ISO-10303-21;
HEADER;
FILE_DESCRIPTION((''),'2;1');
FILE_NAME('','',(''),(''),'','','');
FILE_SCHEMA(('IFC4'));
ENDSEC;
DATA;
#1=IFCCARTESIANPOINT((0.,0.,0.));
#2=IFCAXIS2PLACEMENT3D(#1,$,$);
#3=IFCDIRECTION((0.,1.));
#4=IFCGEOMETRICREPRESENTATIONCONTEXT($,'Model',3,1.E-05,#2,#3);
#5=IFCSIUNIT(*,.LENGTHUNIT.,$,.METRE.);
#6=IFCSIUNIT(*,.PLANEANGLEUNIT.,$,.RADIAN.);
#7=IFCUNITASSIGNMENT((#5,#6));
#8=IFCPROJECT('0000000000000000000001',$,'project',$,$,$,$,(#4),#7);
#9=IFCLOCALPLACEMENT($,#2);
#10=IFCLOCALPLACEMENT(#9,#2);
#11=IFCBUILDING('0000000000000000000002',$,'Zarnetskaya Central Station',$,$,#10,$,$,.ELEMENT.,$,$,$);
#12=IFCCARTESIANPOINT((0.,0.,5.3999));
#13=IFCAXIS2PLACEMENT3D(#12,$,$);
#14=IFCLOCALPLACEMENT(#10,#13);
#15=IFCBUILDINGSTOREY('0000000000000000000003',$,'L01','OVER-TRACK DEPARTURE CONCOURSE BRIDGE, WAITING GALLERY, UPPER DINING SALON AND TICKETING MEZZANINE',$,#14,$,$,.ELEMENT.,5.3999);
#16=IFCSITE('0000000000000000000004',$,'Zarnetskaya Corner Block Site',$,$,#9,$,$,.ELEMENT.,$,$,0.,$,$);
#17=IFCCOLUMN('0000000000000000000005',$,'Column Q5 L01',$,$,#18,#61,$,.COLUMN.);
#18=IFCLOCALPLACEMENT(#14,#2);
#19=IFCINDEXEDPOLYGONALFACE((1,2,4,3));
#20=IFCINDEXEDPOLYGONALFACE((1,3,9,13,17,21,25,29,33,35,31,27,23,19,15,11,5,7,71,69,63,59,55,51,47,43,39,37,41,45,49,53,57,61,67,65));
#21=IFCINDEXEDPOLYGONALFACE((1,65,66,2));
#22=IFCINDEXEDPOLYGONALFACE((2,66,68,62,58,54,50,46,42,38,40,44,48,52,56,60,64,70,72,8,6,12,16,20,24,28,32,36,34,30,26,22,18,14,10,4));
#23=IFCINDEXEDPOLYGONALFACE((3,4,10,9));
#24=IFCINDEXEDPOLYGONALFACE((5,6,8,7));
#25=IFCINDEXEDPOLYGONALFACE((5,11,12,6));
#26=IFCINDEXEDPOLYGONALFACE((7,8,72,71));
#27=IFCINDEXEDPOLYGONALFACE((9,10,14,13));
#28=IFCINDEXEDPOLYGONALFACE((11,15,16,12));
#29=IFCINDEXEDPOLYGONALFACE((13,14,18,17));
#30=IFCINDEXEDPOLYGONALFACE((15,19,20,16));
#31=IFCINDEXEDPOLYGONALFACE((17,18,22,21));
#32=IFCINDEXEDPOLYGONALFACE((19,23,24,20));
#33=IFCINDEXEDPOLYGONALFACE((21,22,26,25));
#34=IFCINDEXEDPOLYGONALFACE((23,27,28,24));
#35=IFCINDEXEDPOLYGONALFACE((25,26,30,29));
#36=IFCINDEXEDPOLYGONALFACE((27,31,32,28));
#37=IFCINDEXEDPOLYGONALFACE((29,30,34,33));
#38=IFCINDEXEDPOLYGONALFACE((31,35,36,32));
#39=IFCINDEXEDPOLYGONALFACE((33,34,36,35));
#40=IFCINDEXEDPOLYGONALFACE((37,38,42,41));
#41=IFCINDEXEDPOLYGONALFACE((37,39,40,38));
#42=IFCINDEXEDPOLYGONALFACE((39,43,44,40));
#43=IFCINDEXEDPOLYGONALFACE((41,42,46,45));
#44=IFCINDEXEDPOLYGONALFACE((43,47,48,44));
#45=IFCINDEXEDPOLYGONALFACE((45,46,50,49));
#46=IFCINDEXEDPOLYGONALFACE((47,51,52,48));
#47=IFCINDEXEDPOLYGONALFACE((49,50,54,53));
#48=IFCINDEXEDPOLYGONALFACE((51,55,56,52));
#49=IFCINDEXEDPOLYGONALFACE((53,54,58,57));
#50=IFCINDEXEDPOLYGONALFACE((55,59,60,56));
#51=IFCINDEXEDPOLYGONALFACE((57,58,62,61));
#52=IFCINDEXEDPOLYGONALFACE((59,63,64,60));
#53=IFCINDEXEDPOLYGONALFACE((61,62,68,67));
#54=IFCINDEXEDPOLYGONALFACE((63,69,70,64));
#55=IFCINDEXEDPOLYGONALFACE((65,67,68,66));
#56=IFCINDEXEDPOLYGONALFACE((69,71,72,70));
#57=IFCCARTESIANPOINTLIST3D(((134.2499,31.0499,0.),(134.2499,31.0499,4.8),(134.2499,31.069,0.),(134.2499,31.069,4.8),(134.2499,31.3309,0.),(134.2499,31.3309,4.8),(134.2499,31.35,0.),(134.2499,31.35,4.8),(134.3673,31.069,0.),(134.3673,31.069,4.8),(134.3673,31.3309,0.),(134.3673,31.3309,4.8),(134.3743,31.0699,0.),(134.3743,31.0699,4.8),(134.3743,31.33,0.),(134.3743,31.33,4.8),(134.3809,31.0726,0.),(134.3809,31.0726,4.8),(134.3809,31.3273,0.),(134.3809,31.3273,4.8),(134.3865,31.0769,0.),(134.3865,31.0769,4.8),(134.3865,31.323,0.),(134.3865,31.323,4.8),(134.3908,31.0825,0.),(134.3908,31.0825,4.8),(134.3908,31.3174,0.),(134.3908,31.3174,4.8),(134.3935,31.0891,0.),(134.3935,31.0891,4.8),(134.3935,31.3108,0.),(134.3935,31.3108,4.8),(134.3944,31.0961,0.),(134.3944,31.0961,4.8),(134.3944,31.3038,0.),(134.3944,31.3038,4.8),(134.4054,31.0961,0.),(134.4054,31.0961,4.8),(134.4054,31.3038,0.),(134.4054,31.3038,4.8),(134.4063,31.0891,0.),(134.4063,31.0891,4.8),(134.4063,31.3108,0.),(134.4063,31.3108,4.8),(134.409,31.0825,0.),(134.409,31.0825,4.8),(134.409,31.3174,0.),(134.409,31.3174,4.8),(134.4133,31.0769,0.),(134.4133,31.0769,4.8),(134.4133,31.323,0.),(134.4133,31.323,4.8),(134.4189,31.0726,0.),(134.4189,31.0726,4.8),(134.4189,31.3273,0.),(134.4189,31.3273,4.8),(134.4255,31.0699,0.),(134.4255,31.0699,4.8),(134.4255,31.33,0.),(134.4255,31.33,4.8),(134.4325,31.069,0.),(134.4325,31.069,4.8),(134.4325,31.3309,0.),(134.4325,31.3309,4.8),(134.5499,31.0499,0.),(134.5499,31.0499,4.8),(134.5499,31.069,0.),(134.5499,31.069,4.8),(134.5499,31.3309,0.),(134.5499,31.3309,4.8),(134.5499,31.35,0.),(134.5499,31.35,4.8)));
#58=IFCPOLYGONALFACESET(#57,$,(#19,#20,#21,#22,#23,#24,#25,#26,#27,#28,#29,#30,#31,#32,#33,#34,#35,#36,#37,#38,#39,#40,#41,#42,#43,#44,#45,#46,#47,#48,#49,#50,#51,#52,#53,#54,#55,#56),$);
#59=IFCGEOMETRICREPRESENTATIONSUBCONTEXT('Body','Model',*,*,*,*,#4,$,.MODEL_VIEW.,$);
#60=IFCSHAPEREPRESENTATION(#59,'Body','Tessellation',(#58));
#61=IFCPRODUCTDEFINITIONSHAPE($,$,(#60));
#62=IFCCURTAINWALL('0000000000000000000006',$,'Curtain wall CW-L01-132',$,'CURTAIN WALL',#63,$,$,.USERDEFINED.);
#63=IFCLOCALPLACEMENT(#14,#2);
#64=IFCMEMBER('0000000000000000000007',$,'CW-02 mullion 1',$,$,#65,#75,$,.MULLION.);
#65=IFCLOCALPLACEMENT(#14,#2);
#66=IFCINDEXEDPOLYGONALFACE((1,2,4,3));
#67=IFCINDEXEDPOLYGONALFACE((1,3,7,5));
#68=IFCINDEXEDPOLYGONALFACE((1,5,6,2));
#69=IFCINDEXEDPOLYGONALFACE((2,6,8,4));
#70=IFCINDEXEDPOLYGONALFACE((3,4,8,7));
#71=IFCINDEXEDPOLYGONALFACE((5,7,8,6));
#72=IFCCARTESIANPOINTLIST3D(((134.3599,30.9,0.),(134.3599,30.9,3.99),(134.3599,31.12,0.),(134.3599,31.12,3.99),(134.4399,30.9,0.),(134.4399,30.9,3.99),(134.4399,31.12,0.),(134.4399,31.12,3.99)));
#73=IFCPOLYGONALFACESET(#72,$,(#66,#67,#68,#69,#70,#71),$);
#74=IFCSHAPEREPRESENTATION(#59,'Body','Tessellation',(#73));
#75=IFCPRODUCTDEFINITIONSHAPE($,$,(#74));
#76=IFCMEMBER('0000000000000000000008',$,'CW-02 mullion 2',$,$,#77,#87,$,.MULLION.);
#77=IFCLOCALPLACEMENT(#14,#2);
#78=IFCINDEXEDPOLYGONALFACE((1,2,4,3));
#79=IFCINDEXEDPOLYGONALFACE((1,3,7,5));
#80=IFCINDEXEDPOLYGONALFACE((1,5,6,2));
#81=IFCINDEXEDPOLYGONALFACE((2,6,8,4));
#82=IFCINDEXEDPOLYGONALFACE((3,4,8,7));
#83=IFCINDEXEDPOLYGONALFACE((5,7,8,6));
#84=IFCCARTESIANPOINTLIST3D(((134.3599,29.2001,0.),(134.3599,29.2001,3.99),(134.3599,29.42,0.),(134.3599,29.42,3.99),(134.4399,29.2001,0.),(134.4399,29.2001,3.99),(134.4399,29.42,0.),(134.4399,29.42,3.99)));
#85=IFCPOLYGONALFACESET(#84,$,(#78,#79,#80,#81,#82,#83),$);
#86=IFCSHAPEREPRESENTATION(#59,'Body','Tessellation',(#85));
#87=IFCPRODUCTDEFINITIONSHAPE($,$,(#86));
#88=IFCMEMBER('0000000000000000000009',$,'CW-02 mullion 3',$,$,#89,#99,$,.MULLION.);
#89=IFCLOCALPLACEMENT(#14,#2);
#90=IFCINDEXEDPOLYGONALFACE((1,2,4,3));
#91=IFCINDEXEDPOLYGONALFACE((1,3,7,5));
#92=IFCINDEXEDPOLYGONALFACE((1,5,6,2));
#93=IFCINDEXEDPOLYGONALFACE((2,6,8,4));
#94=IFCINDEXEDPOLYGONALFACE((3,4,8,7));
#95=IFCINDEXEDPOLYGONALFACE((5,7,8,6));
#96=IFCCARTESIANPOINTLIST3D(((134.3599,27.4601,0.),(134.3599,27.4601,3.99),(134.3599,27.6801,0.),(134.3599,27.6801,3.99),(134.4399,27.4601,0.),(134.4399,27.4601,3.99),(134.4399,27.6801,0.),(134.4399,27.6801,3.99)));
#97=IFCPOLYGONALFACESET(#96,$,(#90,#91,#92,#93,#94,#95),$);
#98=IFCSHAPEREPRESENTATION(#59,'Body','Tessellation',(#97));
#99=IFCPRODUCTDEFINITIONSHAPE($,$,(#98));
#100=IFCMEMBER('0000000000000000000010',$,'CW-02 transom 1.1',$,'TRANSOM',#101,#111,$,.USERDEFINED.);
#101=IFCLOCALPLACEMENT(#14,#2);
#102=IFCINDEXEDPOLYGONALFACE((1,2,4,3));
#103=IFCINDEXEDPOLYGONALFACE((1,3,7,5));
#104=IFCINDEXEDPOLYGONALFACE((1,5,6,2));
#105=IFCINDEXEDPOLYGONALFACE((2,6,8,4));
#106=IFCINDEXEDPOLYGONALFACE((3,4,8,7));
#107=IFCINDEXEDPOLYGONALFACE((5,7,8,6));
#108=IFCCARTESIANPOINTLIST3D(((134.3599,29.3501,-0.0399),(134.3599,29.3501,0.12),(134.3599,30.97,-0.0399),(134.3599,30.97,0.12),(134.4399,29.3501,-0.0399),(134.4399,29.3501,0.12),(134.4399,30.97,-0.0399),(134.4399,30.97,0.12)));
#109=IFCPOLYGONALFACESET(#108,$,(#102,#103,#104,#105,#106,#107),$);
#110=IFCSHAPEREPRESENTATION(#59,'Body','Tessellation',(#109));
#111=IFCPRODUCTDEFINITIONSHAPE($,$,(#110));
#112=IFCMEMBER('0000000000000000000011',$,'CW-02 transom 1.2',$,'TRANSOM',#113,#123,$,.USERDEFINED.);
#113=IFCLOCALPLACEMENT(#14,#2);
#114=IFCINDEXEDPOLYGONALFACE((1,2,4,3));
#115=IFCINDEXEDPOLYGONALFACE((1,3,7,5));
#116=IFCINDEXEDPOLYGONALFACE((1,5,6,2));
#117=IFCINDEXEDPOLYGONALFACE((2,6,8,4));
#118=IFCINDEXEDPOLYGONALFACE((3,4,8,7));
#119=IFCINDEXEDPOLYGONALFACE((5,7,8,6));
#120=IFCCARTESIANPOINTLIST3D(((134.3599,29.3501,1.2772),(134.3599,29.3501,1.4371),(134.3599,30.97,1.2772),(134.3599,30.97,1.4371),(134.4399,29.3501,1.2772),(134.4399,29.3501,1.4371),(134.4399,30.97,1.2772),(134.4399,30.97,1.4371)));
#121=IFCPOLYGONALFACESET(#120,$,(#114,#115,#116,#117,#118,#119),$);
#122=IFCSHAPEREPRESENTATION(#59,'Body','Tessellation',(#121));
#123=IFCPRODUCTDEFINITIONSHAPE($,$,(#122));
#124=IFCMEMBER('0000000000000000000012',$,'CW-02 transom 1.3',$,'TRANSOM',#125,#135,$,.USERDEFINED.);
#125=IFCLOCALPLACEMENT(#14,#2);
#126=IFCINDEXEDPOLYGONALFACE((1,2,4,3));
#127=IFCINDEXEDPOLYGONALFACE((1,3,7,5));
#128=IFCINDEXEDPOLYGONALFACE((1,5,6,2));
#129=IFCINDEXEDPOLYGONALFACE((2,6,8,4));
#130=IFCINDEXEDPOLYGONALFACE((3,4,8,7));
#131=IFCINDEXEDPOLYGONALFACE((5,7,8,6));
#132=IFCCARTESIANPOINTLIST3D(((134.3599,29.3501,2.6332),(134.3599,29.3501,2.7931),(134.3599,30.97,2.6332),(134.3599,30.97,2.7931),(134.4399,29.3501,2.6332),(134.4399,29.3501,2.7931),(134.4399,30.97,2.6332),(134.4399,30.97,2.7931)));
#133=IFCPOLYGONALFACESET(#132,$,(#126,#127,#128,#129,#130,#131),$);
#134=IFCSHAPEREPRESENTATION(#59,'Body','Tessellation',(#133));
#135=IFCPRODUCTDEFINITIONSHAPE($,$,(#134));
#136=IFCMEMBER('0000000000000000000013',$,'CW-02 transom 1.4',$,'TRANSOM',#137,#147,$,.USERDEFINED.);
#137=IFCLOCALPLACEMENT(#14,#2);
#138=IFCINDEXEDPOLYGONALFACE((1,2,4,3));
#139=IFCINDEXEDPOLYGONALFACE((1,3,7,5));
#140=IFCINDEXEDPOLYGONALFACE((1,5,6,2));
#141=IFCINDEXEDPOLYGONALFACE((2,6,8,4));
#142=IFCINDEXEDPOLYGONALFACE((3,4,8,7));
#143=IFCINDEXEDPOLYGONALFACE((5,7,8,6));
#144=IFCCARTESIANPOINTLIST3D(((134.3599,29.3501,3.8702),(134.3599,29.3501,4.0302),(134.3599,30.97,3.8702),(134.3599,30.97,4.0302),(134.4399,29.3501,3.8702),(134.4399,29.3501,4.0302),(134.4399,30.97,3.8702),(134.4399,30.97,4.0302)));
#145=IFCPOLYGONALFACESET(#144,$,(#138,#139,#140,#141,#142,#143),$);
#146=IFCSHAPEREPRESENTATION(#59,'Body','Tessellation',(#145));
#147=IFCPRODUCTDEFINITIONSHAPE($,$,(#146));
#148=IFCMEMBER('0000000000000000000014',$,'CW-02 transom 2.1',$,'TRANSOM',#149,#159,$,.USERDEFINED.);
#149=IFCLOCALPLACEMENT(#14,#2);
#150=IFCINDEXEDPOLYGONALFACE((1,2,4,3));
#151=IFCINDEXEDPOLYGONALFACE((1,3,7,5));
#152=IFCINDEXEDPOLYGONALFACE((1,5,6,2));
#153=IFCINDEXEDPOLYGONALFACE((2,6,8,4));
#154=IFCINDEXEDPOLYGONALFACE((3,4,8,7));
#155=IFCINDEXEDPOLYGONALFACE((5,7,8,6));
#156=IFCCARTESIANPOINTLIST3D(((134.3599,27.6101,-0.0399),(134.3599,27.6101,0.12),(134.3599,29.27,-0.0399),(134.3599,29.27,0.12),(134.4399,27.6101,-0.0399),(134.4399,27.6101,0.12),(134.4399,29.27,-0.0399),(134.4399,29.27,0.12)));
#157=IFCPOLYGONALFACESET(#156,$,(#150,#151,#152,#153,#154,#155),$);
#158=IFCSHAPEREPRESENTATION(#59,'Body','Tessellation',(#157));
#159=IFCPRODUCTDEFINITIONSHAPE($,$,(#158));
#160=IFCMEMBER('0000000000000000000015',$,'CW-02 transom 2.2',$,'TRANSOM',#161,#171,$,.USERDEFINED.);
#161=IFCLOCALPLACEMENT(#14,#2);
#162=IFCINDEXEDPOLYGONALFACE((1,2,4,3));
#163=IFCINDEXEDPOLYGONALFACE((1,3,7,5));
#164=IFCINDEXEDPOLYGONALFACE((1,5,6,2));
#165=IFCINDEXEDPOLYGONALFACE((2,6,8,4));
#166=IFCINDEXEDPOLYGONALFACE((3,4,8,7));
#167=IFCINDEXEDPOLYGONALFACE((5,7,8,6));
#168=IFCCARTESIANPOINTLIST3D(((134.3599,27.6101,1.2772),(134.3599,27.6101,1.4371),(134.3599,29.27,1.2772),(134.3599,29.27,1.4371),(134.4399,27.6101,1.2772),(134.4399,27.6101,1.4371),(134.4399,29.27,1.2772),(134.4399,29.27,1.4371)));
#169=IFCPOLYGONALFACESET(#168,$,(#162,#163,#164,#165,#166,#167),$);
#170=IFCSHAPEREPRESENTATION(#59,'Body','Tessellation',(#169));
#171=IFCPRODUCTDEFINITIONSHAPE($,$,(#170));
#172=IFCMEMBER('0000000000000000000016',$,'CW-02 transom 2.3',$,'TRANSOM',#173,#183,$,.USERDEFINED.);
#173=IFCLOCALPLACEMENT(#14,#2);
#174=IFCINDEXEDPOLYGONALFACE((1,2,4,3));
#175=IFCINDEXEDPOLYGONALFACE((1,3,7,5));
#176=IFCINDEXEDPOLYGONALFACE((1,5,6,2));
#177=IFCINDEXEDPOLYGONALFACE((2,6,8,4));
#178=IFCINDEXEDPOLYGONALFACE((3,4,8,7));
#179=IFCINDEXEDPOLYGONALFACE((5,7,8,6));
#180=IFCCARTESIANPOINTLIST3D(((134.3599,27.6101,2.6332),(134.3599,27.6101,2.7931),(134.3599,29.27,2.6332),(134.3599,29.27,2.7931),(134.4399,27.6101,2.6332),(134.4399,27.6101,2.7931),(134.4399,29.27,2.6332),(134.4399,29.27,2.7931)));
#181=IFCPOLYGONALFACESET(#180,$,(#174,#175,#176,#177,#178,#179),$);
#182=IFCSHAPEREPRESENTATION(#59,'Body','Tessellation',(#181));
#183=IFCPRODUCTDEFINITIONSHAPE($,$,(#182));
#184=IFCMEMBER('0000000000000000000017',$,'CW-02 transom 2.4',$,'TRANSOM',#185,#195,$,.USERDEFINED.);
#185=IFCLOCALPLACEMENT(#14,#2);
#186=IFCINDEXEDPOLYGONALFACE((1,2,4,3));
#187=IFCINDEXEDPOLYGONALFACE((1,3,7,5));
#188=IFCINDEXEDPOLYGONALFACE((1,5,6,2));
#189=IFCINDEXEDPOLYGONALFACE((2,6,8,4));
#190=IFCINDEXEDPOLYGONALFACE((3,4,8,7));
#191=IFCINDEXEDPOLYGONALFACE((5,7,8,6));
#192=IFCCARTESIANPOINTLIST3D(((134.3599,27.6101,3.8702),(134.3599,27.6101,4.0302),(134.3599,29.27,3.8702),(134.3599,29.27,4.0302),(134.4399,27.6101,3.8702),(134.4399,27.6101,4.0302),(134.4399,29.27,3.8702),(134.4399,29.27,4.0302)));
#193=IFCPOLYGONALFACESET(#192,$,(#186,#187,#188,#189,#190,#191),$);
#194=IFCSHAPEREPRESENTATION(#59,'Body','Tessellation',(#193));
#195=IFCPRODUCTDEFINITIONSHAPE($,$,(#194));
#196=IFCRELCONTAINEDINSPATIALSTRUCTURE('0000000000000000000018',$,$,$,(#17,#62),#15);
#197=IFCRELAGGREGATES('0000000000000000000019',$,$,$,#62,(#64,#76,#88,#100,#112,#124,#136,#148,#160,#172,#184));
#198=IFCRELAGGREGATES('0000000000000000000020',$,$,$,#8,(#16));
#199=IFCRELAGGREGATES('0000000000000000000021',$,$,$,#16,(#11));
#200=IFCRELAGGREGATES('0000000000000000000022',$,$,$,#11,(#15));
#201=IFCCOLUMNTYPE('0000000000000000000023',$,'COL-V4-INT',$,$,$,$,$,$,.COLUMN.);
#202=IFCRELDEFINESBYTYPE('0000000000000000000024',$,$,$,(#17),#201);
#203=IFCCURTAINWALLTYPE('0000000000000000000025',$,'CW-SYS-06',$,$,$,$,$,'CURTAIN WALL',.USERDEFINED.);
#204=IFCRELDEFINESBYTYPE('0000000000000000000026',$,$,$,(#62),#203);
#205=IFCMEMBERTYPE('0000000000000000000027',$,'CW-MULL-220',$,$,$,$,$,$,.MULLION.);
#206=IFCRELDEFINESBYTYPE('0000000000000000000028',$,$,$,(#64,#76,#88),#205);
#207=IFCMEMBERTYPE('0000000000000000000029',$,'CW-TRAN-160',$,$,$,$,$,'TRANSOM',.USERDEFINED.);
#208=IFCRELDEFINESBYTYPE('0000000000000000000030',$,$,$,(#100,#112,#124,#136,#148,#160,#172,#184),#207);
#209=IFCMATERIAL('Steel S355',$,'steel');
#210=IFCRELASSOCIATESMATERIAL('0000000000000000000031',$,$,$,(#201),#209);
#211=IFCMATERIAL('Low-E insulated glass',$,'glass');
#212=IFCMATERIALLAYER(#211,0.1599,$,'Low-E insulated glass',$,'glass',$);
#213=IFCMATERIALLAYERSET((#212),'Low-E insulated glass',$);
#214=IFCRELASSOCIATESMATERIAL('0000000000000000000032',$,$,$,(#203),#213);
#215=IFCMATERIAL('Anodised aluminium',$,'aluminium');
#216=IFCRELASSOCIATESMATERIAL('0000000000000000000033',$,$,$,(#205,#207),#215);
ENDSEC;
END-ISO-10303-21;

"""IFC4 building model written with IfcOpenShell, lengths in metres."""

from ifc_helpers import new_model, si_unit, direction, frame, origin, origin_2d, place, context, subcontext, project, spatial, rectangle, i_section, extrude, material, layer, layer_set, material_profile, profile_set, type_object, element, aggregate, save


model = new_model("IFC4")

# Units and contexts
model_context = context("Model", 3, precision=1e-05, world=origin(), true_north=direction((0.0, 1.0)))
body_context = subcontext(model_context, "Body", "Model", "MODEL_VIEW")
ifc_project = project(units=[si_unit("LENGTHUNIT", "METRE"), si_unit("PLANEANGLEUNIT", "RADIAN")], contexts=[model_context])

# Site, building, storey
site_placement = place(None, origin())
site = spatial("IfcSite", under=ifc_project, at=site_placement, Name="Zarnetskaya Corner Block Site", CompositionType="ELEMENT", RefElevation=0.0)
building_placement = place(site_placement, origin())
building = spatial("IfcBuilding", under=site, at=building_placement, Name="Zarnetskaya Central Station", CompositionType="ELEMENT")
storey_placement = place(building_placement, frame((0.0, 0.0, 5.3999)))
storey = spatial("IfcBuildingStorey", under=building, at=storey_placement, Name="L01", Description="OVER-TRACK DEPARTURE CONCOURSE BRIDGE, WAITING GALLERY, UPPER DINING SALON AND TICKETING MEZZANINE", CompositionType="ELEMENT", Elevation=5.3999)

# Column
ifc_material_1 = material(Name="Steel S355", Category="steel")
ifc_material_profile_1 = material_profile(ifc_material_1, i_section(OverallWidth=0.3, OverallDepth=0.3, WebThickness=0.011, FlangeThickness=0.019, FilletRadius=0.0271, at=origin_2d()), Name="HEB 300")
ifc_profile_set_1 = profile_set([ifc_material_profile_1], Name="Steel S355")
column_type = type_object("IfcColumnType", Name="COL-V4-INT", PredefinedType="COLUMN", material=ifc_profile_set_1)
column_placement = place(storey_placement, frame((134.3999, 31.2, 0.0), z_axis=(0.0, 0.0, 1.0), x_axis=(1.0, 0.0, 0.0)))
element("IfcColumn", 1, at=column_placement, inside=storey, type_object=column_type, Name="Column Q5 L01", PredefinedType="COLUMN", context=body_context, shape_type="SweptSolid", body=[
    extrude(i_section(OverallWidth=0.3, OverallDepth=0.3, WebThickness=0.011, FlangeThickness=0.019, FilletRadius=0.0271, at=origin_2d()), origin(), (0.0, 0.0, 1.0), 4.8),
])

# Curtain wall, members
ifc_material_2 = material(Name="Low-E insulated glass", Category="glass")
ifc_layer_1 = layer(ifc_material_2, 0.1599, Name="Low-E insulated glass", Category="glass")
ifc_layer_set_1 = layer_set([ifc_layer_1], Name="Low-E insulated glass")
curtain_wall_type = type_object("IfcCurtainWallType", Name="CW-SYS-06", ElementType="CURTAIN WALL", PredefinedType="USERDEFINED", material=ifc_layer_set_1)
curtain_wall_placement = place(storey_placement, origin())
curtain_wall = element("IfcCurtainWall", 2, at=curtain_wall_placement, inside=storey, type_object=curtain_wall_type, Name="Curtain wall CW-L01-132", ObjectType="CURTAIN WALL", PredefinedType="USERDEFINED")
ifc_material_3 = material(Name="Anodised aluminium", Category="aluminium")
ifc_material_profile_2 = material_profile(ifc_material_3, rectangle(XDim=0.0801, YDim=0.22, at=origin_2d()), Name="ALU MULL 80x220")
ifc_profile_set_2 = profile_set([ifc_material_profile_2], Name="Anodised aluminium")
member_type_1 = type_object("IfcMemberType", Name="CW-MULL-220", PredefinedType="MULLION", material=ifc_profile_set_2)
member_1_placement = place(storey_placement, frame((134.3999, 31.01, 0.0), z_axis=(0.0, 0.0, 1.0), x_axis=(1.0, 0.0, 0.0)))
member_1 = element("IfcMember", 3, at=member_1_placement, type_object=member_type_1, Name="CW-02 mullion 1", PredefinedType="MULLION", context=body_context, shape_type="SweptSolid", body=[
    extrude(rectangle(XDim=0.0801, YDim=0.22, at=origin_2d()), origin(), (0.0, 0.0, 1.0), 3.99),
])
member_2_placement = place(storey_placement, frame((134.3999, 29.3101, 0.0), z_axis=(0.0, 0.0, 1.0), x_axis=(1.0, 0.0, 0.0)))
member_2 = element("IfcMember", 4, at=member_2_placement, type_object=member_type_1, Name="CW-02 mullion 2", PredefinedType="MULLION", context=body_context, shape_type="SweptSolid", body=[
    extrude(rectangle(XDim=0.0801, YDim=0.22, at=origin_2d()), origin(), (0.0, 0.0, 1.0), 3.99),
])
member_3_placement = place(storey_placement, frame((134.3999, 27.5701, 0.0), z_axis=(0.0, 0.0, 1.0), x_axis=(1.0, 0.0, 0.0)))
member_3 = element("IfcMember", 5, at=member_3_placement, type_object=member_type_1, Name="CW-02 mullion 3", PredefinedType="MULLION", context=body_context, shape_type="SweptSolid", body=[
    extrude(rectangle(XDim=0.0801, YDim=0.22, at=origin_2d()), origin(), (0.0, 0.0, 1.0), 3.99),
])
ifc_material_profile_3 = material_profile(ifc_material_3, rectangle(XDim=0.0801, YDim=0.1599, at=origin_2d()), Name="ALU TRAN 80x160")
ifc_profile_set_3 = profile_set([ifc_material_profile_3], Name="Anodised aluminium")
member_type_2 = type_object("IfcMemberType", Name="CW-TRAN-160", ElementType="TRANSOM", PredefinedType="USERDEFINED", material=ifc_profile_set_3)
member_4_placement = place(storey_placement, frame((134.3999, 30.97, 0.04), z_axis=(0.0, -1.0, 0.0), x_axis=(1.0, 0.0, 0.0)))
member_4 = element("IfcMember", 6, at=member_4_placement, type_object=member_type_2, Name="CW-02 transom 1.1", ObjectType="TRANSOM", PredefinedType="USERDEFINED", context=body_context, shape_type="SweptSolid", body=[
    extrude(rectangle(XDim=0.0801, YDim=0.1599, at=origin_2d()), origin(), (0.0, 0.0, 1.0), 1.6199),
])
member_5_placement = place(storey_placement, frame((134.3999, 30.97, 1.3572), z_axis=(0.0, -1.0, 0.0), x_axis=(1.0, 0.0, 0.0)))
member_5 = element("IfcMember", 7, at=member_5_placement, type_object=member_type_2, Name="CW-02 transom 1.2", ObjectType="TRANSOM", PredefinedType="USERDEFINED", context=body_context, shape_type="SweptSolid", body=[
    extrude(rectangle(XDim=0.0801, YDim=0.1599, at=origin_2d()), origin(), (0.0, 0.0, 1.0), 1.6199),
])
member_6_placement = place(storey_placement, frame((134.3999, 30.97, 2.7131), z_axis=(0.0, -1.0, 0.0), x_axis=(1.0, 0.0, 0.0)))
member_6 = element("IfcMember", 8, at=member_6_placement, type_object=member_type_2, Name="CW-02 transom 1.3", ObjectType="TRANSOM", PredefinedType="USERDEFINED", context=body_context, shape_type="SweptSolid", body=[
    extrude(rectangle(XDim=0.0801, YDim=0.1599, at=origin_2d()), origin(), (0.0, 0.0, 1.0), 1.6199),
])
member_7_placement = place(storey_placement, frame((134.3999, 30.97, 3.9502), z_axis=(0.0, -1.0, 0.0), x_axis=(1.0, 0.0, 0.0)))
member_7 = element("IfcMember", 9, at=member_7_placement, type_object=member_type_2, Name="CW-02 transom 1.4", ObjectType="TRANSOM", PredefinedType="USERDEFINED", context=body_context, shape_type="SweptSolid", body=[
    extrude(rectangle(XDim=0.0801, YDim=0.1599, at=origin_2d()), origin(), (0.0, 0.0, 1.0), 1.6199),
])
member_8_placement = place(storey_placement, frame((134.3999, 29.27, 0.04), z_axis=(0.0, -1.0, 0.0), x_axis=(1.0, 0.0, 0.0)))
member_8 = element("IfcMember", 10, at=member_8_placement, type_object=member_type_2, Name="CW-02 transom 2.1", ObjectType="TRANSOM", PredefinedType="USERDEFINED", context=body_context, shape_type="SweptSolid", body=[
    extrude(rectangle(XDim=0.0801, YDim=0.1599, at=origin_2d()), origin(), (0.0, 0.0, 1.0), 1.6599),
])
member_9_placement = place(storey_placement, frame((134.3999, 29.27, 1.3572), z_axis=(0.0, -1.0, 0.0), x_axis=(1.0, 0.0, 0.0)))
member_9 = element("IfcMember", 11, at=member_9_placement, type_object=member_type_2, Name="CW-02 transom 2.2", ObjectType="TRANSOM", PredefinedType="USERDEFINED", context=body_context, shape_type="SweptSolid", body=[
    extrude(rectangle(XDim=0.0801, YDim=0.1599, at=origin_2d()), origin(), (0.0, 0.0, 1.0), 1.6599),
])
member_10_placement = place(storey_placement, frame((134.3999, 29.27, 2.7131), z_axis=(0.0, -1.0, 0.0), x_axis=(1.0, 0.0, 0.0)))
member_10 = element("IfcMember", 12, at=member_10_placement, type_object=member_type_2, Name="CW-02 transom 2.3", ObjectType="TRANSOM", PredefinedType="USERDEFINED", context=body_context, shape_type="SweptSolid", body=[
    extrude(rectangle(XDim=0.0801, YDim=0.1599, at=origin_2d()), origin(), (0.0, 0.0, 1.0), 1.6599),
])
member_11_placement = place(storey_placement, frame((134.3999, 29.27, 3.9502), z_axis=(0.0, -1.0, 0.0), x_axis=(1.0, 0.0, 0.0)))
member_11 = element("IfcMember", 13, at=member_11_placement, type_object=member_type_2, Name="CW-02 transom 2.4", ObjectType="TRANSOM", PredefinedType="USERDEFINED", context=body_context, shape_type="SweptSolid", body=[
    extrude(rectangle(XDim=0.0801, YDim=0.1599, at=origin_2d()), origin(), (0.0, 0.0, 1.0), 1.6599),
])
aggregate(curtain_wall, [member_1, member_2, member_3, member_4, member_5, member_6, member_7, member_8, member_9, member_10, member_11])

save(model, "model.ifc")
